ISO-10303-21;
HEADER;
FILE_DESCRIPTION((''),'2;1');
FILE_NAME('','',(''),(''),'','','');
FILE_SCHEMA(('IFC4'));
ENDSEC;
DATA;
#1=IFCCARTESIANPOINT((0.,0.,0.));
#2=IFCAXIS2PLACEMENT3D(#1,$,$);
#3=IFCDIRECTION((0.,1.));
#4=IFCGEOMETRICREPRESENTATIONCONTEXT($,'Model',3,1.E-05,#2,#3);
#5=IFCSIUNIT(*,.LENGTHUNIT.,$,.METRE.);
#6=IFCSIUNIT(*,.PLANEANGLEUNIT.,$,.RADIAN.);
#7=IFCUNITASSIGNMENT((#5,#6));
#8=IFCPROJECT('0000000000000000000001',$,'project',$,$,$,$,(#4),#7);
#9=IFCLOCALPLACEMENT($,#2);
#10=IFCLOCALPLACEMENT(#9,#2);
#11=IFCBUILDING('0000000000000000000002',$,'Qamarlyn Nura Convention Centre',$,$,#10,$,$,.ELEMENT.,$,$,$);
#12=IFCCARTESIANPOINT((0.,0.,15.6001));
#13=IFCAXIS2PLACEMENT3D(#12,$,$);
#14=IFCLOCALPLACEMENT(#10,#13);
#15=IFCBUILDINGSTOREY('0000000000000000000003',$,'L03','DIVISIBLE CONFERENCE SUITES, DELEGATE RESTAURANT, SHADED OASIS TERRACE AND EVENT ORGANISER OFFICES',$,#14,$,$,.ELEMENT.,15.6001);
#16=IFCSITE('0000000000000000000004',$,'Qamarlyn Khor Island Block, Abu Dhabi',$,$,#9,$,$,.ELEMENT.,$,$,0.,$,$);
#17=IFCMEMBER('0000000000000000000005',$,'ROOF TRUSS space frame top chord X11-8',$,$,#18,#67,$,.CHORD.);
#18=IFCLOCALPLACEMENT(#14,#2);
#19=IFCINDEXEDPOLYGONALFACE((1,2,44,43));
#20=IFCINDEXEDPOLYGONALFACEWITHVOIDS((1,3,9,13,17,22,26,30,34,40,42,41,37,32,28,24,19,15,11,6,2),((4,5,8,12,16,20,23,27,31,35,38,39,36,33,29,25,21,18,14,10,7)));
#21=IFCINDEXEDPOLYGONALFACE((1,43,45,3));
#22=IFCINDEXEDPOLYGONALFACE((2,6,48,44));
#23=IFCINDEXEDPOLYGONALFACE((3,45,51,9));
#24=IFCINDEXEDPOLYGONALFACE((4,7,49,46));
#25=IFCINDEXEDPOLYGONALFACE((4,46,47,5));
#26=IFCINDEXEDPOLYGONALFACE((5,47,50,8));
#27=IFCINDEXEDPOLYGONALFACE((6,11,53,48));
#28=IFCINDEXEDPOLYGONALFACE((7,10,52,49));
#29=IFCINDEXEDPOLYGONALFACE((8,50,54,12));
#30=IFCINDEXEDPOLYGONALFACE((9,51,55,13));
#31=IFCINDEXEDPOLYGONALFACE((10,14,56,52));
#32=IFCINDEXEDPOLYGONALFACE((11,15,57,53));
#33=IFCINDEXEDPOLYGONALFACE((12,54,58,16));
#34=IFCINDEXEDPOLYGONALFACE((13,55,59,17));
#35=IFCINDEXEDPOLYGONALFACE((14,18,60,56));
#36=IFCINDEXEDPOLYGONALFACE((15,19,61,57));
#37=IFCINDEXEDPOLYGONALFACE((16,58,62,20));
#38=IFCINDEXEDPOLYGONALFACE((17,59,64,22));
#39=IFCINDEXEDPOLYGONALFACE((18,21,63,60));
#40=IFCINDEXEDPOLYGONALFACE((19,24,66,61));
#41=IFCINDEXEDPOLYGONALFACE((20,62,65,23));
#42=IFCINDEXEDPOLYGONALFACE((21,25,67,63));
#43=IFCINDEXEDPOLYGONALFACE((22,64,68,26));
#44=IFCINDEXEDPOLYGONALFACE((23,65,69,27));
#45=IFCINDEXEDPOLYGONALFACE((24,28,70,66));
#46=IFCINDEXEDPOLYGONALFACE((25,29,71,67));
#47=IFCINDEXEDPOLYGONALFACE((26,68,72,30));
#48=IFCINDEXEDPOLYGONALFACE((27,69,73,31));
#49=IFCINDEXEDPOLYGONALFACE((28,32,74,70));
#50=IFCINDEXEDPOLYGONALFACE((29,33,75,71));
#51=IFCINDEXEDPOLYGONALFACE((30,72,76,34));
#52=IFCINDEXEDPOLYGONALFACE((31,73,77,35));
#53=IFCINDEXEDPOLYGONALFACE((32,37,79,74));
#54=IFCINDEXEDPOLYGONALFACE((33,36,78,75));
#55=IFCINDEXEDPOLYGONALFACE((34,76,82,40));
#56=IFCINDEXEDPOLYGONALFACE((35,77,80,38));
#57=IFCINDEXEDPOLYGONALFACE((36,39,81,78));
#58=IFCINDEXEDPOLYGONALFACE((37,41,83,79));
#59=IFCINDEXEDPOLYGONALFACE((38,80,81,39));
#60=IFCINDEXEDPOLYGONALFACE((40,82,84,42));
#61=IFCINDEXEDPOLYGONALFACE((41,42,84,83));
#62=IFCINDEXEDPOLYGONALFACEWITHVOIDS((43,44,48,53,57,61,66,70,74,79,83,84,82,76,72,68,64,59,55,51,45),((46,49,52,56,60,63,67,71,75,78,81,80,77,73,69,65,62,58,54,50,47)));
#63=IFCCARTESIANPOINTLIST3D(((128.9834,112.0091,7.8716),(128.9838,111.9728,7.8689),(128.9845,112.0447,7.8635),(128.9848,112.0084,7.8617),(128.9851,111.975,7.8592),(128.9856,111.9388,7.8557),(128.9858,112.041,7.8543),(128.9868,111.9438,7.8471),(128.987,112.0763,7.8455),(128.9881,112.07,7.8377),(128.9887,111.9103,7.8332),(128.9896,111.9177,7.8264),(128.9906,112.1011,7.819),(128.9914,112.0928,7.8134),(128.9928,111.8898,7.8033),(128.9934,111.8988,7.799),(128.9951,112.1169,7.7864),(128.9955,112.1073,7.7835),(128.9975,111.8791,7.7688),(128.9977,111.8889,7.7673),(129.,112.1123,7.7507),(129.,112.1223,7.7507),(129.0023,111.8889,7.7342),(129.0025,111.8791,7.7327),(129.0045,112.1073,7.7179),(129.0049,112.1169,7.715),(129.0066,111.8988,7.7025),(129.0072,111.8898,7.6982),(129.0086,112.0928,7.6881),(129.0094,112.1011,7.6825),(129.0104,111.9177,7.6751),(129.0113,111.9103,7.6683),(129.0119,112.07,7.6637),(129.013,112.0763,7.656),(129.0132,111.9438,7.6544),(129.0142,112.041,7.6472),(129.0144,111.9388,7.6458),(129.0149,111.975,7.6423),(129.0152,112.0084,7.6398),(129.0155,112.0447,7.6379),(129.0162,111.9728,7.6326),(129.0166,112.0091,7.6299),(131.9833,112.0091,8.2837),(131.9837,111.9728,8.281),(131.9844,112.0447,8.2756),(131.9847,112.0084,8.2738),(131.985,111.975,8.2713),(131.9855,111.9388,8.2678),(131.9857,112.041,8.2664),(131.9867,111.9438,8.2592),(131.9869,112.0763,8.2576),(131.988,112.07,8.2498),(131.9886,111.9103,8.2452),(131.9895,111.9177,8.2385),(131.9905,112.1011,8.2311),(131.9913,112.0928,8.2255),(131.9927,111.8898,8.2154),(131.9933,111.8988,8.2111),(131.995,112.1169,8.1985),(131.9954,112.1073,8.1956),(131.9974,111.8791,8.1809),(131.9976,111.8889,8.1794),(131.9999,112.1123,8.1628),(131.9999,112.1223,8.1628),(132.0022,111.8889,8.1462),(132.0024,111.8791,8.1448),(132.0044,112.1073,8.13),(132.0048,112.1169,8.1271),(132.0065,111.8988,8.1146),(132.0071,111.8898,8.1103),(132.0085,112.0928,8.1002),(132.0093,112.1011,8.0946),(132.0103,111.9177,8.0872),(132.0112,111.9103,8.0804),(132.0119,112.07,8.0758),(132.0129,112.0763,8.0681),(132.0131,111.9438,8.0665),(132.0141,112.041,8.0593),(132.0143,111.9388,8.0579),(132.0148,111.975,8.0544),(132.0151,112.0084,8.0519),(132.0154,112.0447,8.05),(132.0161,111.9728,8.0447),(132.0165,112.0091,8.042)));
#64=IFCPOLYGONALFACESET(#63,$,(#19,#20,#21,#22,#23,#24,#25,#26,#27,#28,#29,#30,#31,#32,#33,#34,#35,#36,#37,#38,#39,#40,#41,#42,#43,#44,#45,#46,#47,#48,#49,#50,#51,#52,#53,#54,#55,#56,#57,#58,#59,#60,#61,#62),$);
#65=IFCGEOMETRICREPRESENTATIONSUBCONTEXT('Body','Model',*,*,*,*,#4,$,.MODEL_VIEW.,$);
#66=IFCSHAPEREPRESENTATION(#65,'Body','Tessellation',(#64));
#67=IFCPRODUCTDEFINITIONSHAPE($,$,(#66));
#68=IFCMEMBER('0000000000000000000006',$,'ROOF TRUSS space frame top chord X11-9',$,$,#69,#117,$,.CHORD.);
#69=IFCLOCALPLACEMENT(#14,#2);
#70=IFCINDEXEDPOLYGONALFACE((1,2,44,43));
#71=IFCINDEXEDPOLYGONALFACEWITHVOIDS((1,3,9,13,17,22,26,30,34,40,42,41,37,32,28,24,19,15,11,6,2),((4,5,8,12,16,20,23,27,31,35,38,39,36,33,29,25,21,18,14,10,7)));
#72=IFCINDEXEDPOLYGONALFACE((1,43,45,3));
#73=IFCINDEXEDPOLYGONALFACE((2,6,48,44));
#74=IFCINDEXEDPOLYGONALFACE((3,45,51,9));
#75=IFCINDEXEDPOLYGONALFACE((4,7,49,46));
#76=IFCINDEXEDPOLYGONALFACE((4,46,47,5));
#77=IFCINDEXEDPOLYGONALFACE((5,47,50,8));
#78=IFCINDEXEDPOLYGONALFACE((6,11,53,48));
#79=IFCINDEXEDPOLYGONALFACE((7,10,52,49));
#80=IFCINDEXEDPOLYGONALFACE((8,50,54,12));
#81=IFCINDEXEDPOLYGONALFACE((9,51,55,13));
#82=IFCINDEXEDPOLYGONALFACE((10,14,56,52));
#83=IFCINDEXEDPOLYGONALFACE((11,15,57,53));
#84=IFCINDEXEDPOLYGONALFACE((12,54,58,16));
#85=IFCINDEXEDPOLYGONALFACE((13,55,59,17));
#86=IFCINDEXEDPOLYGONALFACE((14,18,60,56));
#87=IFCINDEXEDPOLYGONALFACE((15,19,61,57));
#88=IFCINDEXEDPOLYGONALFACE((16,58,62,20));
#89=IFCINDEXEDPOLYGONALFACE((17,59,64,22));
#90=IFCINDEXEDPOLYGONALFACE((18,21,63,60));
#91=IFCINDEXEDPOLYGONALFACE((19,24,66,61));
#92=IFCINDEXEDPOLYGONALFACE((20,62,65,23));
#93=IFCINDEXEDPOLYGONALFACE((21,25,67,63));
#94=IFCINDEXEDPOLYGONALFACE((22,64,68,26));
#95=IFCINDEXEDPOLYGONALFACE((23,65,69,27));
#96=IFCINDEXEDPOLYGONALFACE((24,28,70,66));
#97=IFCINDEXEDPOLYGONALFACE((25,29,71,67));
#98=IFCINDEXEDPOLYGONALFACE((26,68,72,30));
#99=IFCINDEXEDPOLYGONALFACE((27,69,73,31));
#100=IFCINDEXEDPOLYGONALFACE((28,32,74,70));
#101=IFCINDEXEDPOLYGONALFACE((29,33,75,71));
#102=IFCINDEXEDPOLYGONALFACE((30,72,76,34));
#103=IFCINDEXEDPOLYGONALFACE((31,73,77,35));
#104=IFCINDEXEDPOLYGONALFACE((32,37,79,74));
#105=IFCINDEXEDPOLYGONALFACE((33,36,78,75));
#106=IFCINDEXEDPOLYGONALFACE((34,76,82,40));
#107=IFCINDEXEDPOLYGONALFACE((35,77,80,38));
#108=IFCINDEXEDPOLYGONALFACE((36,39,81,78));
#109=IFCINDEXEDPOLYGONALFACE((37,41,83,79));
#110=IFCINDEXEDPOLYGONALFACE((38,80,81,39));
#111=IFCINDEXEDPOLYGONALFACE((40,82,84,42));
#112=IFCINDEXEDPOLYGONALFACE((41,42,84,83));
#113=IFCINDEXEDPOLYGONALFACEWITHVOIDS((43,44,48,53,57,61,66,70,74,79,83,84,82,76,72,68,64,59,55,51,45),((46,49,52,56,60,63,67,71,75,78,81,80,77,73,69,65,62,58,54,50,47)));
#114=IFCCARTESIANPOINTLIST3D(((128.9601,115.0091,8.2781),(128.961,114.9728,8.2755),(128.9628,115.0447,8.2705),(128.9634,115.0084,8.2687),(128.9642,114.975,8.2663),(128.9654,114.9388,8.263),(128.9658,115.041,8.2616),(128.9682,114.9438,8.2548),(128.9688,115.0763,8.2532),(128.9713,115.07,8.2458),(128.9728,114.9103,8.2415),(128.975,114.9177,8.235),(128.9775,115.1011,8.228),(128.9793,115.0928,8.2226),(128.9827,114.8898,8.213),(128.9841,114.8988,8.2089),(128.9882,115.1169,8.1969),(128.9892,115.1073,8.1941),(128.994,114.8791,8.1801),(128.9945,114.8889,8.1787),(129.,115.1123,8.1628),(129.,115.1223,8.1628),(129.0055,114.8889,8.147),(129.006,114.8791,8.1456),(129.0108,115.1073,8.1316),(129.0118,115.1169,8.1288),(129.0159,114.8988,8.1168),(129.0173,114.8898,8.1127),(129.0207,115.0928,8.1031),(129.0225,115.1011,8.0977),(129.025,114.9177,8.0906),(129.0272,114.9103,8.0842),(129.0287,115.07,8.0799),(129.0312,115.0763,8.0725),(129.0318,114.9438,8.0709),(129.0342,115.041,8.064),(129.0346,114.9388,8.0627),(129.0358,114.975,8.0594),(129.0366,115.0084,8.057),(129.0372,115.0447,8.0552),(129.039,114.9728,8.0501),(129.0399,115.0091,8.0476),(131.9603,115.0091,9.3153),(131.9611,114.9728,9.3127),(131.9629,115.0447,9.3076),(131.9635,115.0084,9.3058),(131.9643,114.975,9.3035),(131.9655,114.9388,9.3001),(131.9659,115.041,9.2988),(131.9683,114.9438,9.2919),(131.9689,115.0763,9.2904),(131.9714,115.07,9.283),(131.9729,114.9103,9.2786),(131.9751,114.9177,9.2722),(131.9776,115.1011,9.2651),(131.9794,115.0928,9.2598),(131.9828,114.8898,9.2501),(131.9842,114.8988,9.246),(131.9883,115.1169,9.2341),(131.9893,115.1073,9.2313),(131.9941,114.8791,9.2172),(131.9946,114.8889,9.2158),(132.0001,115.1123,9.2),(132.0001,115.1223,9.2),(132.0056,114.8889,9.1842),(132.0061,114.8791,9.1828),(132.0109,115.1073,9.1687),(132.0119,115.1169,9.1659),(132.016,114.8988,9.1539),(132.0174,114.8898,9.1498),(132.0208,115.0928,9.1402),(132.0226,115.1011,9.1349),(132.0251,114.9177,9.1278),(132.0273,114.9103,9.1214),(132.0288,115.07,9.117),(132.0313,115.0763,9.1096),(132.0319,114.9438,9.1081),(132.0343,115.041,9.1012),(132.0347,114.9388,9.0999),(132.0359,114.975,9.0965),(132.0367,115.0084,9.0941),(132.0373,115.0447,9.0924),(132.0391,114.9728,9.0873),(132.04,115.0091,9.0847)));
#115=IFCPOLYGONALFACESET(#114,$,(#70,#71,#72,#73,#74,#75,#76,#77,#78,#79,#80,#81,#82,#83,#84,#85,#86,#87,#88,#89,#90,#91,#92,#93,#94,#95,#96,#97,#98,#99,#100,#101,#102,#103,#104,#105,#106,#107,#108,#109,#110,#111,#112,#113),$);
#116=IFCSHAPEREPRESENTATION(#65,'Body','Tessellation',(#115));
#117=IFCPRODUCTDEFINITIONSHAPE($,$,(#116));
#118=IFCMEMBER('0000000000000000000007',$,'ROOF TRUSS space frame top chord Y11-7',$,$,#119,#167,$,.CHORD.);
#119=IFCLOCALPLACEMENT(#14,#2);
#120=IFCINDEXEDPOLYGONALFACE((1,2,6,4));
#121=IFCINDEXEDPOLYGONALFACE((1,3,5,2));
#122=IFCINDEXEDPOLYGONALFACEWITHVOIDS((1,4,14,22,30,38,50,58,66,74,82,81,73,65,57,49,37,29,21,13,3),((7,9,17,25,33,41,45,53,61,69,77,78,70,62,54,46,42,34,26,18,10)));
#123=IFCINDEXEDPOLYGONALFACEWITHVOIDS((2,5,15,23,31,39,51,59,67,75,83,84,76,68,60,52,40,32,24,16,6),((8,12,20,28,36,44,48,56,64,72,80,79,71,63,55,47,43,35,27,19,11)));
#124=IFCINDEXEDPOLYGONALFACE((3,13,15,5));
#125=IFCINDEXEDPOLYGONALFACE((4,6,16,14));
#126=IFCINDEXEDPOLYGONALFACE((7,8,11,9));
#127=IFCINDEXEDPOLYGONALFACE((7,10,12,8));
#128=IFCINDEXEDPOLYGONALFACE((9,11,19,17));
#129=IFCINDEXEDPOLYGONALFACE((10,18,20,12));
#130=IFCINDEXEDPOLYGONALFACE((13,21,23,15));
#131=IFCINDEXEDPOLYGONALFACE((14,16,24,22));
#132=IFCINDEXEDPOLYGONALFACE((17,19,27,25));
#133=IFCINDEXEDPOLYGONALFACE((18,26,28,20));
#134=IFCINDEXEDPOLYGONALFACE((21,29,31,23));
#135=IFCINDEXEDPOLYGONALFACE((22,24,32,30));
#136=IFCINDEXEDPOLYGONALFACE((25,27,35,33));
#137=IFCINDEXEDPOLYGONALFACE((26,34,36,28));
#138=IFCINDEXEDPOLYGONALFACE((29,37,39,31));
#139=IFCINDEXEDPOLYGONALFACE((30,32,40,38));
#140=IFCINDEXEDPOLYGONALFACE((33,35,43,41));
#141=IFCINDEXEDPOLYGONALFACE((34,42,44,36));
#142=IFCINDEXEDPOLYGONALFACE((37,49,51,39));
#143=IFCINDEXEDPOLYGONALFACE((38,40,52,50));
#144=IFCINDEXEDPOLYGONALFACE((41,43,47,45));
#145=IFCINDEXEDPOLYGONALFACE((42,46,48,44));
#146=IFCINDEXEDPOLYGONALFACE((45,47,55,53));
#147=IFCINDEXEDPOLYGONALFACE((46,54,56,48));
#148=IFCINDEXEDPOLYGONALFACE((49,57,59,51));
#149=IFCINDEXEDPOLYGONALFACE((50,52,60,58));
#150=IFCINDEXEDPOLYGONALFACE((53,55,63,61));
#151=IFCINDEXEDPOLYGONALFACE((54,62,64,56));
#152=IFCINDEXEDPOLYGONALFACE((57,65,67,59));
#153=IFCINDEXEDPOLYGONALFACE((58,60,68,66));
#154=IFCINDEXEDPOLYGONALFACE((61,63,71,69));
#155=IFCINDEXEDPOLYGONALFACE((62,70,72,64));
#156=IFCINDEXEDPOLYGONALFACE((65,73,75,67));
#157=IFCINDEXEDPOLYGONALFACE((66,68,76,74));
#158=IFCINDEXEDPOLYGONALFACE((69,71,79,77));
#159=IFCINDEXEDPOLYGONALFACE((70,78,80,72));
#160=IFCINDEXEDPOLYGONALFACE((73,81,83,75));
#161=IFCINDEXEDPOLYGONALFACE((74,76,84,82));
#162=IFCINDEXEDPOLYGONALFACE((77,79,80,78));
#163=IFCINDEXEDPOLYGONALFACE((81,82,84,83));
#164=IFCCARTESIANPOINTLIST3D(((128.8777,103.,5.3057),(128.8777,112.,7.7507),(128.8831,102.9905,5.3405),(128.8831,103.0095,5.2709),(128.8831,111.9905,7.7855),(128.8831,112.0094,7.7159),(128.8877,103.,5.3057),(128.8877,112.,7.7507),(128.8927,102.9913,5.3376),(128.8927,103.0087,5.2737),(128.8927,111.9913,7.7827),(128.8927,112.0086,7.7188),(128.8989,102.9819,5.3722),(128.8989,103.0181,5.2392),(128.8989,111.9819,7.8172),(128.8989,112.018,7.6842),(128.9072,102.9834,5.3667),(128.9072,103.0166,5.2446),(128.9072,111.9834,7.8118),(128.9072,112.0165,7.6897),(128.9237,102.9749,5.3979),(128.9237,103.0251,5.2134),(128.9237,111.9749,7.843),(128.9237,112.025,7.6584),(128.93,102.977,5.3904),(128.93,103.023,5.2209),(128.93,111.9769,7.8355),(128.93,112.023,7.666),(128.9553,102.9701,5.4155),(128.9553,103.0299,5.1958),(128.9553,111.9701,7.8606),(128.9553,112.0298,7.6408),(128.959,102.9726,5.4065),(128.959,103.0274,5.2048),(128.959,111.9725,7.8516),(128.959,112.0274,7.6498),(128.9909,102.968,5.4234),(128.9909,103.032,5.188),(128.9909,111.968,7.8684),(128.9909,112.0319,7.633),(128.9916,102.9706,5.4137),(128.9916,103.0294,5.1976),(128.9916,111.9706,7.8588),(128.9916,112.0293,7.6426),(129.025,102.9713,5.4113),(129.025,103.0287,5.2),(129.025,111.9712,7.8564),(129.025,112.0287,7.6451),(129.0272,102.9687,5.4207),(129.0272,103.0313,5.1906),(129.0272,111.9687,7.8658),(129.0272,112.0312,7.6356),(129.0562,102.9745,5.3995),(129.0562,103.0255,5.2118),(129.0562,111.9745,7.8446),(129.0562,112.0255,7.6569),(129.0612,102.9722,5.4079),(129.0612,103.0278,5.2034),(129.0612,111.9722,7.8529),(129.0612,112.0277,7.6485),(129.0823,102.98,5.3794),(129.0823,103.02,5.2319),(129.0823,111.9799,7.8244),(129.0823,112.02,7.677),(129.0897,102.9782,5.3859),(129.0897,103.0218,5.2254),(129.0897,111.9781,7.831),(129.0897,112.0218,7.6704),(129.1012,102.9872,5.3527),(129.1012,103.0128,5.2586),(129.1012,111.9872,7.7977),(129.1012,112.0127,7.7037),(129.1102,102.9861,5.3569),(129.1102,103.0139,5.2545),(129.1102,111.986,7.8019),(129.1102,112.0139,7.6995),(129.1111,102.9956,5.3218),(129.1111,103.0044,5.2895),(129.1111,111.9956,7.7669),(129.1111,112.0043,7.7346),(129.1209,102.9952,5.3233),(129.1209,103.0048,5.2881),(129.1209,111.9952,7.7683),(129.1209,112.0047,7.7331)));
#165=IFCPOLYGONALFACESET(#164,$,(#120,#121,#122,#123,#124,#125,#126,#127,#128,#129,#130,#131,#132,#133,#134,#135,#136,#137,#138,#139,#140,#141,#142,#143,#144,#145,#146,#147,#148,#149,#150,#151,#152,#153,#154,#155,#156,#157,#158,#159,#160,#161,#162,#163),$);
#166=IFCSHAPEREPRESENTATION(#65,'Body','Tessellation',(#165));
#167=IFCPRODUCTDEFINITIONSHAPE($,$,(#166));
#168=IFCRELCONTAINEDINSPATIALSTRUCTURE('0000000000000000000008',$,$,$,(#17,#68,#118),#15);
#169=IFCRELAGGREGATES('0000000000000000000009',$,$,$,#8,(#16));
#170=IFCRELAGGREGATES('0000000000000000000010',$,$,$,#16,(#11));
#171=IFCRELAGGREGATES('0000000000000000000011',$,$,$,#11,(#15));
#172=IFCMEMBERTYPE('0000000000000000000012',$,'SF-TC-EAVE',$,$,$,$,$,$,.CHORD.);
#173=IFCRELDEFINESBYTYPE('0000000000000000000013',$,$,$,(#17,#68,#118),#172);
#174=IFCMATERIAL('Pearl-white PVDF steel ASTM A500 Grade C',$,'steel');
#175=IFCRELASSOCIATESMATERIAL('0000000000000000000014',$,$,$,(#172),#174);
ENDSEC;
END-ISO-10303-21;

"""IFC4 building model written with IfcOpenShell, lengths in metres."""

from ifc_helpers import new_model, si_unit, direction, frame, origin, origin_2d, place, context, subcontext, project, spatial, hollow_circle, extrude, material, material_profile, profile_set, type_object, element, save


model = new_model("IFC4")

# Units and contexts
model_context = context("Model", 3, precision=1e-05, world=origin(), true_north=direction((0.0, 1.0)))
body_context = subcontext(model_context, "Body", "Model", "MODEL_VIEW")
ifc_project = project(units=[si_unit("LENGTHUNIT", "METRE"), si_unit("PLANEANGLEUNIT", "RADIAN")], contexts=[model_context])

# Site, building, storey
site_placement = place(None, origin())
site = spatial("IfcSite", under=ifc_project, at=site_placement, Name="Qamarlyn Khor Island Block, Abu Dhabi", CompositionType="ELEMENT", RefElevation=0.0)
building_placement = place(site_placement, origin())
building = spatial("IfcBuilding", under=site, at=building_placement, Name="Qamarlyn Nura Convention Centre", CompositionType="ELEMENT")
storey_placement = place(building_placement, frame((0.0, 0.0, 15.6001)))
storey = spatial("IfcBuildingStorey", under=building, at=storey_placement, Name="L03", Description="DIVISIBLE CONFERENCE SUITES, DELEGATE RESTAURANT, SHADED OASIS TERRACE AND EVENT ORGANISER OFFICES", CompositionType="ELEMENT", Elevation=15.6001)

# Members
ifc_material_1 = material(Name="Pearl-white PVDF steel ASTM A500 Grade C", Category="steel")
ifc_material_profile_1 = material_profile(ifc_material_1, hollow_circle(Radius=0.1223, WallThickness=0.01, at=origin_2d()), Name="CHS244.5X10")
ifc_profile_set_1 = profile_set([ifc_material_profile_1], Name="Pearl-white PVDF steel ASTM A500 Grade C")
member_type_1 = type_object("IfcMemberType", Name="SF-TC-EAVE", PredefinedType="CHORD", material=ifc_profile_set_1)
member_1_placement = place(storey_placement, frame((129.0, 112.0, 7.7507), z_axis=(0.990696, 0.0, 0.136092), x_axis=(0.0, 1.0, 0.0)))
element("IfcMember", 1, at=member_1_placement, inside=storey, type_object=member_type_1, Name="ROOF TRUSS space frame top chord X11-8", PredefinedType="CHORD", context=body_context, shape_type="SweptSolid", body=[
    extrude(hollow_circle(Radius=0.1223, WallThickness=0.01, at=origin_2d()), origin(), (0.0, 0.0, 1.0), 3.0281),
])
member_2_placement = place(storey_placement, frame((129.0, 115.0, 8.1628), z_axis=(0.945118, 0.0, 0.32673), x_axis=(0.0, 1.0, 0.0)))
element("IfcMember", 2, at=member_2_placement, inside=storey, type_object=member_type_1, Name="ROOF TRUSS space frame top chord X11-9", PredefinedType="CHORD", context=body_context, shape_type="SweptSolid", body=[
    extrude(hollow_circle(Radius=0.1223, WallThickness=0.01, at=origin_2d()), origin(), (0.0, 0.0, 1.0), 3.1743),
])
member_3_placement = place(storey_placement, frame((129.0, 103.0, 5.3057), z_axis=(0.0, 0.965021, 0.262171), x_axis=(-1.0, 0.0, 0.0)))
element("IfcMember", 3, at=member_3_placement, inside=storey, type_object=member_type_1, Name="ROOF TRUSS space frame top chord Y11-7", PredefinedType="CHORD", context=body_context, shape_type="SweptSolid", body=[
    extrude(hollow_circle(Radius=0.1223, WallThickness=0.01, at=origin_2d()), origin(), (0.0, 0.0, 1.0), 9.3262),
])

save(model, "model.ifc")
